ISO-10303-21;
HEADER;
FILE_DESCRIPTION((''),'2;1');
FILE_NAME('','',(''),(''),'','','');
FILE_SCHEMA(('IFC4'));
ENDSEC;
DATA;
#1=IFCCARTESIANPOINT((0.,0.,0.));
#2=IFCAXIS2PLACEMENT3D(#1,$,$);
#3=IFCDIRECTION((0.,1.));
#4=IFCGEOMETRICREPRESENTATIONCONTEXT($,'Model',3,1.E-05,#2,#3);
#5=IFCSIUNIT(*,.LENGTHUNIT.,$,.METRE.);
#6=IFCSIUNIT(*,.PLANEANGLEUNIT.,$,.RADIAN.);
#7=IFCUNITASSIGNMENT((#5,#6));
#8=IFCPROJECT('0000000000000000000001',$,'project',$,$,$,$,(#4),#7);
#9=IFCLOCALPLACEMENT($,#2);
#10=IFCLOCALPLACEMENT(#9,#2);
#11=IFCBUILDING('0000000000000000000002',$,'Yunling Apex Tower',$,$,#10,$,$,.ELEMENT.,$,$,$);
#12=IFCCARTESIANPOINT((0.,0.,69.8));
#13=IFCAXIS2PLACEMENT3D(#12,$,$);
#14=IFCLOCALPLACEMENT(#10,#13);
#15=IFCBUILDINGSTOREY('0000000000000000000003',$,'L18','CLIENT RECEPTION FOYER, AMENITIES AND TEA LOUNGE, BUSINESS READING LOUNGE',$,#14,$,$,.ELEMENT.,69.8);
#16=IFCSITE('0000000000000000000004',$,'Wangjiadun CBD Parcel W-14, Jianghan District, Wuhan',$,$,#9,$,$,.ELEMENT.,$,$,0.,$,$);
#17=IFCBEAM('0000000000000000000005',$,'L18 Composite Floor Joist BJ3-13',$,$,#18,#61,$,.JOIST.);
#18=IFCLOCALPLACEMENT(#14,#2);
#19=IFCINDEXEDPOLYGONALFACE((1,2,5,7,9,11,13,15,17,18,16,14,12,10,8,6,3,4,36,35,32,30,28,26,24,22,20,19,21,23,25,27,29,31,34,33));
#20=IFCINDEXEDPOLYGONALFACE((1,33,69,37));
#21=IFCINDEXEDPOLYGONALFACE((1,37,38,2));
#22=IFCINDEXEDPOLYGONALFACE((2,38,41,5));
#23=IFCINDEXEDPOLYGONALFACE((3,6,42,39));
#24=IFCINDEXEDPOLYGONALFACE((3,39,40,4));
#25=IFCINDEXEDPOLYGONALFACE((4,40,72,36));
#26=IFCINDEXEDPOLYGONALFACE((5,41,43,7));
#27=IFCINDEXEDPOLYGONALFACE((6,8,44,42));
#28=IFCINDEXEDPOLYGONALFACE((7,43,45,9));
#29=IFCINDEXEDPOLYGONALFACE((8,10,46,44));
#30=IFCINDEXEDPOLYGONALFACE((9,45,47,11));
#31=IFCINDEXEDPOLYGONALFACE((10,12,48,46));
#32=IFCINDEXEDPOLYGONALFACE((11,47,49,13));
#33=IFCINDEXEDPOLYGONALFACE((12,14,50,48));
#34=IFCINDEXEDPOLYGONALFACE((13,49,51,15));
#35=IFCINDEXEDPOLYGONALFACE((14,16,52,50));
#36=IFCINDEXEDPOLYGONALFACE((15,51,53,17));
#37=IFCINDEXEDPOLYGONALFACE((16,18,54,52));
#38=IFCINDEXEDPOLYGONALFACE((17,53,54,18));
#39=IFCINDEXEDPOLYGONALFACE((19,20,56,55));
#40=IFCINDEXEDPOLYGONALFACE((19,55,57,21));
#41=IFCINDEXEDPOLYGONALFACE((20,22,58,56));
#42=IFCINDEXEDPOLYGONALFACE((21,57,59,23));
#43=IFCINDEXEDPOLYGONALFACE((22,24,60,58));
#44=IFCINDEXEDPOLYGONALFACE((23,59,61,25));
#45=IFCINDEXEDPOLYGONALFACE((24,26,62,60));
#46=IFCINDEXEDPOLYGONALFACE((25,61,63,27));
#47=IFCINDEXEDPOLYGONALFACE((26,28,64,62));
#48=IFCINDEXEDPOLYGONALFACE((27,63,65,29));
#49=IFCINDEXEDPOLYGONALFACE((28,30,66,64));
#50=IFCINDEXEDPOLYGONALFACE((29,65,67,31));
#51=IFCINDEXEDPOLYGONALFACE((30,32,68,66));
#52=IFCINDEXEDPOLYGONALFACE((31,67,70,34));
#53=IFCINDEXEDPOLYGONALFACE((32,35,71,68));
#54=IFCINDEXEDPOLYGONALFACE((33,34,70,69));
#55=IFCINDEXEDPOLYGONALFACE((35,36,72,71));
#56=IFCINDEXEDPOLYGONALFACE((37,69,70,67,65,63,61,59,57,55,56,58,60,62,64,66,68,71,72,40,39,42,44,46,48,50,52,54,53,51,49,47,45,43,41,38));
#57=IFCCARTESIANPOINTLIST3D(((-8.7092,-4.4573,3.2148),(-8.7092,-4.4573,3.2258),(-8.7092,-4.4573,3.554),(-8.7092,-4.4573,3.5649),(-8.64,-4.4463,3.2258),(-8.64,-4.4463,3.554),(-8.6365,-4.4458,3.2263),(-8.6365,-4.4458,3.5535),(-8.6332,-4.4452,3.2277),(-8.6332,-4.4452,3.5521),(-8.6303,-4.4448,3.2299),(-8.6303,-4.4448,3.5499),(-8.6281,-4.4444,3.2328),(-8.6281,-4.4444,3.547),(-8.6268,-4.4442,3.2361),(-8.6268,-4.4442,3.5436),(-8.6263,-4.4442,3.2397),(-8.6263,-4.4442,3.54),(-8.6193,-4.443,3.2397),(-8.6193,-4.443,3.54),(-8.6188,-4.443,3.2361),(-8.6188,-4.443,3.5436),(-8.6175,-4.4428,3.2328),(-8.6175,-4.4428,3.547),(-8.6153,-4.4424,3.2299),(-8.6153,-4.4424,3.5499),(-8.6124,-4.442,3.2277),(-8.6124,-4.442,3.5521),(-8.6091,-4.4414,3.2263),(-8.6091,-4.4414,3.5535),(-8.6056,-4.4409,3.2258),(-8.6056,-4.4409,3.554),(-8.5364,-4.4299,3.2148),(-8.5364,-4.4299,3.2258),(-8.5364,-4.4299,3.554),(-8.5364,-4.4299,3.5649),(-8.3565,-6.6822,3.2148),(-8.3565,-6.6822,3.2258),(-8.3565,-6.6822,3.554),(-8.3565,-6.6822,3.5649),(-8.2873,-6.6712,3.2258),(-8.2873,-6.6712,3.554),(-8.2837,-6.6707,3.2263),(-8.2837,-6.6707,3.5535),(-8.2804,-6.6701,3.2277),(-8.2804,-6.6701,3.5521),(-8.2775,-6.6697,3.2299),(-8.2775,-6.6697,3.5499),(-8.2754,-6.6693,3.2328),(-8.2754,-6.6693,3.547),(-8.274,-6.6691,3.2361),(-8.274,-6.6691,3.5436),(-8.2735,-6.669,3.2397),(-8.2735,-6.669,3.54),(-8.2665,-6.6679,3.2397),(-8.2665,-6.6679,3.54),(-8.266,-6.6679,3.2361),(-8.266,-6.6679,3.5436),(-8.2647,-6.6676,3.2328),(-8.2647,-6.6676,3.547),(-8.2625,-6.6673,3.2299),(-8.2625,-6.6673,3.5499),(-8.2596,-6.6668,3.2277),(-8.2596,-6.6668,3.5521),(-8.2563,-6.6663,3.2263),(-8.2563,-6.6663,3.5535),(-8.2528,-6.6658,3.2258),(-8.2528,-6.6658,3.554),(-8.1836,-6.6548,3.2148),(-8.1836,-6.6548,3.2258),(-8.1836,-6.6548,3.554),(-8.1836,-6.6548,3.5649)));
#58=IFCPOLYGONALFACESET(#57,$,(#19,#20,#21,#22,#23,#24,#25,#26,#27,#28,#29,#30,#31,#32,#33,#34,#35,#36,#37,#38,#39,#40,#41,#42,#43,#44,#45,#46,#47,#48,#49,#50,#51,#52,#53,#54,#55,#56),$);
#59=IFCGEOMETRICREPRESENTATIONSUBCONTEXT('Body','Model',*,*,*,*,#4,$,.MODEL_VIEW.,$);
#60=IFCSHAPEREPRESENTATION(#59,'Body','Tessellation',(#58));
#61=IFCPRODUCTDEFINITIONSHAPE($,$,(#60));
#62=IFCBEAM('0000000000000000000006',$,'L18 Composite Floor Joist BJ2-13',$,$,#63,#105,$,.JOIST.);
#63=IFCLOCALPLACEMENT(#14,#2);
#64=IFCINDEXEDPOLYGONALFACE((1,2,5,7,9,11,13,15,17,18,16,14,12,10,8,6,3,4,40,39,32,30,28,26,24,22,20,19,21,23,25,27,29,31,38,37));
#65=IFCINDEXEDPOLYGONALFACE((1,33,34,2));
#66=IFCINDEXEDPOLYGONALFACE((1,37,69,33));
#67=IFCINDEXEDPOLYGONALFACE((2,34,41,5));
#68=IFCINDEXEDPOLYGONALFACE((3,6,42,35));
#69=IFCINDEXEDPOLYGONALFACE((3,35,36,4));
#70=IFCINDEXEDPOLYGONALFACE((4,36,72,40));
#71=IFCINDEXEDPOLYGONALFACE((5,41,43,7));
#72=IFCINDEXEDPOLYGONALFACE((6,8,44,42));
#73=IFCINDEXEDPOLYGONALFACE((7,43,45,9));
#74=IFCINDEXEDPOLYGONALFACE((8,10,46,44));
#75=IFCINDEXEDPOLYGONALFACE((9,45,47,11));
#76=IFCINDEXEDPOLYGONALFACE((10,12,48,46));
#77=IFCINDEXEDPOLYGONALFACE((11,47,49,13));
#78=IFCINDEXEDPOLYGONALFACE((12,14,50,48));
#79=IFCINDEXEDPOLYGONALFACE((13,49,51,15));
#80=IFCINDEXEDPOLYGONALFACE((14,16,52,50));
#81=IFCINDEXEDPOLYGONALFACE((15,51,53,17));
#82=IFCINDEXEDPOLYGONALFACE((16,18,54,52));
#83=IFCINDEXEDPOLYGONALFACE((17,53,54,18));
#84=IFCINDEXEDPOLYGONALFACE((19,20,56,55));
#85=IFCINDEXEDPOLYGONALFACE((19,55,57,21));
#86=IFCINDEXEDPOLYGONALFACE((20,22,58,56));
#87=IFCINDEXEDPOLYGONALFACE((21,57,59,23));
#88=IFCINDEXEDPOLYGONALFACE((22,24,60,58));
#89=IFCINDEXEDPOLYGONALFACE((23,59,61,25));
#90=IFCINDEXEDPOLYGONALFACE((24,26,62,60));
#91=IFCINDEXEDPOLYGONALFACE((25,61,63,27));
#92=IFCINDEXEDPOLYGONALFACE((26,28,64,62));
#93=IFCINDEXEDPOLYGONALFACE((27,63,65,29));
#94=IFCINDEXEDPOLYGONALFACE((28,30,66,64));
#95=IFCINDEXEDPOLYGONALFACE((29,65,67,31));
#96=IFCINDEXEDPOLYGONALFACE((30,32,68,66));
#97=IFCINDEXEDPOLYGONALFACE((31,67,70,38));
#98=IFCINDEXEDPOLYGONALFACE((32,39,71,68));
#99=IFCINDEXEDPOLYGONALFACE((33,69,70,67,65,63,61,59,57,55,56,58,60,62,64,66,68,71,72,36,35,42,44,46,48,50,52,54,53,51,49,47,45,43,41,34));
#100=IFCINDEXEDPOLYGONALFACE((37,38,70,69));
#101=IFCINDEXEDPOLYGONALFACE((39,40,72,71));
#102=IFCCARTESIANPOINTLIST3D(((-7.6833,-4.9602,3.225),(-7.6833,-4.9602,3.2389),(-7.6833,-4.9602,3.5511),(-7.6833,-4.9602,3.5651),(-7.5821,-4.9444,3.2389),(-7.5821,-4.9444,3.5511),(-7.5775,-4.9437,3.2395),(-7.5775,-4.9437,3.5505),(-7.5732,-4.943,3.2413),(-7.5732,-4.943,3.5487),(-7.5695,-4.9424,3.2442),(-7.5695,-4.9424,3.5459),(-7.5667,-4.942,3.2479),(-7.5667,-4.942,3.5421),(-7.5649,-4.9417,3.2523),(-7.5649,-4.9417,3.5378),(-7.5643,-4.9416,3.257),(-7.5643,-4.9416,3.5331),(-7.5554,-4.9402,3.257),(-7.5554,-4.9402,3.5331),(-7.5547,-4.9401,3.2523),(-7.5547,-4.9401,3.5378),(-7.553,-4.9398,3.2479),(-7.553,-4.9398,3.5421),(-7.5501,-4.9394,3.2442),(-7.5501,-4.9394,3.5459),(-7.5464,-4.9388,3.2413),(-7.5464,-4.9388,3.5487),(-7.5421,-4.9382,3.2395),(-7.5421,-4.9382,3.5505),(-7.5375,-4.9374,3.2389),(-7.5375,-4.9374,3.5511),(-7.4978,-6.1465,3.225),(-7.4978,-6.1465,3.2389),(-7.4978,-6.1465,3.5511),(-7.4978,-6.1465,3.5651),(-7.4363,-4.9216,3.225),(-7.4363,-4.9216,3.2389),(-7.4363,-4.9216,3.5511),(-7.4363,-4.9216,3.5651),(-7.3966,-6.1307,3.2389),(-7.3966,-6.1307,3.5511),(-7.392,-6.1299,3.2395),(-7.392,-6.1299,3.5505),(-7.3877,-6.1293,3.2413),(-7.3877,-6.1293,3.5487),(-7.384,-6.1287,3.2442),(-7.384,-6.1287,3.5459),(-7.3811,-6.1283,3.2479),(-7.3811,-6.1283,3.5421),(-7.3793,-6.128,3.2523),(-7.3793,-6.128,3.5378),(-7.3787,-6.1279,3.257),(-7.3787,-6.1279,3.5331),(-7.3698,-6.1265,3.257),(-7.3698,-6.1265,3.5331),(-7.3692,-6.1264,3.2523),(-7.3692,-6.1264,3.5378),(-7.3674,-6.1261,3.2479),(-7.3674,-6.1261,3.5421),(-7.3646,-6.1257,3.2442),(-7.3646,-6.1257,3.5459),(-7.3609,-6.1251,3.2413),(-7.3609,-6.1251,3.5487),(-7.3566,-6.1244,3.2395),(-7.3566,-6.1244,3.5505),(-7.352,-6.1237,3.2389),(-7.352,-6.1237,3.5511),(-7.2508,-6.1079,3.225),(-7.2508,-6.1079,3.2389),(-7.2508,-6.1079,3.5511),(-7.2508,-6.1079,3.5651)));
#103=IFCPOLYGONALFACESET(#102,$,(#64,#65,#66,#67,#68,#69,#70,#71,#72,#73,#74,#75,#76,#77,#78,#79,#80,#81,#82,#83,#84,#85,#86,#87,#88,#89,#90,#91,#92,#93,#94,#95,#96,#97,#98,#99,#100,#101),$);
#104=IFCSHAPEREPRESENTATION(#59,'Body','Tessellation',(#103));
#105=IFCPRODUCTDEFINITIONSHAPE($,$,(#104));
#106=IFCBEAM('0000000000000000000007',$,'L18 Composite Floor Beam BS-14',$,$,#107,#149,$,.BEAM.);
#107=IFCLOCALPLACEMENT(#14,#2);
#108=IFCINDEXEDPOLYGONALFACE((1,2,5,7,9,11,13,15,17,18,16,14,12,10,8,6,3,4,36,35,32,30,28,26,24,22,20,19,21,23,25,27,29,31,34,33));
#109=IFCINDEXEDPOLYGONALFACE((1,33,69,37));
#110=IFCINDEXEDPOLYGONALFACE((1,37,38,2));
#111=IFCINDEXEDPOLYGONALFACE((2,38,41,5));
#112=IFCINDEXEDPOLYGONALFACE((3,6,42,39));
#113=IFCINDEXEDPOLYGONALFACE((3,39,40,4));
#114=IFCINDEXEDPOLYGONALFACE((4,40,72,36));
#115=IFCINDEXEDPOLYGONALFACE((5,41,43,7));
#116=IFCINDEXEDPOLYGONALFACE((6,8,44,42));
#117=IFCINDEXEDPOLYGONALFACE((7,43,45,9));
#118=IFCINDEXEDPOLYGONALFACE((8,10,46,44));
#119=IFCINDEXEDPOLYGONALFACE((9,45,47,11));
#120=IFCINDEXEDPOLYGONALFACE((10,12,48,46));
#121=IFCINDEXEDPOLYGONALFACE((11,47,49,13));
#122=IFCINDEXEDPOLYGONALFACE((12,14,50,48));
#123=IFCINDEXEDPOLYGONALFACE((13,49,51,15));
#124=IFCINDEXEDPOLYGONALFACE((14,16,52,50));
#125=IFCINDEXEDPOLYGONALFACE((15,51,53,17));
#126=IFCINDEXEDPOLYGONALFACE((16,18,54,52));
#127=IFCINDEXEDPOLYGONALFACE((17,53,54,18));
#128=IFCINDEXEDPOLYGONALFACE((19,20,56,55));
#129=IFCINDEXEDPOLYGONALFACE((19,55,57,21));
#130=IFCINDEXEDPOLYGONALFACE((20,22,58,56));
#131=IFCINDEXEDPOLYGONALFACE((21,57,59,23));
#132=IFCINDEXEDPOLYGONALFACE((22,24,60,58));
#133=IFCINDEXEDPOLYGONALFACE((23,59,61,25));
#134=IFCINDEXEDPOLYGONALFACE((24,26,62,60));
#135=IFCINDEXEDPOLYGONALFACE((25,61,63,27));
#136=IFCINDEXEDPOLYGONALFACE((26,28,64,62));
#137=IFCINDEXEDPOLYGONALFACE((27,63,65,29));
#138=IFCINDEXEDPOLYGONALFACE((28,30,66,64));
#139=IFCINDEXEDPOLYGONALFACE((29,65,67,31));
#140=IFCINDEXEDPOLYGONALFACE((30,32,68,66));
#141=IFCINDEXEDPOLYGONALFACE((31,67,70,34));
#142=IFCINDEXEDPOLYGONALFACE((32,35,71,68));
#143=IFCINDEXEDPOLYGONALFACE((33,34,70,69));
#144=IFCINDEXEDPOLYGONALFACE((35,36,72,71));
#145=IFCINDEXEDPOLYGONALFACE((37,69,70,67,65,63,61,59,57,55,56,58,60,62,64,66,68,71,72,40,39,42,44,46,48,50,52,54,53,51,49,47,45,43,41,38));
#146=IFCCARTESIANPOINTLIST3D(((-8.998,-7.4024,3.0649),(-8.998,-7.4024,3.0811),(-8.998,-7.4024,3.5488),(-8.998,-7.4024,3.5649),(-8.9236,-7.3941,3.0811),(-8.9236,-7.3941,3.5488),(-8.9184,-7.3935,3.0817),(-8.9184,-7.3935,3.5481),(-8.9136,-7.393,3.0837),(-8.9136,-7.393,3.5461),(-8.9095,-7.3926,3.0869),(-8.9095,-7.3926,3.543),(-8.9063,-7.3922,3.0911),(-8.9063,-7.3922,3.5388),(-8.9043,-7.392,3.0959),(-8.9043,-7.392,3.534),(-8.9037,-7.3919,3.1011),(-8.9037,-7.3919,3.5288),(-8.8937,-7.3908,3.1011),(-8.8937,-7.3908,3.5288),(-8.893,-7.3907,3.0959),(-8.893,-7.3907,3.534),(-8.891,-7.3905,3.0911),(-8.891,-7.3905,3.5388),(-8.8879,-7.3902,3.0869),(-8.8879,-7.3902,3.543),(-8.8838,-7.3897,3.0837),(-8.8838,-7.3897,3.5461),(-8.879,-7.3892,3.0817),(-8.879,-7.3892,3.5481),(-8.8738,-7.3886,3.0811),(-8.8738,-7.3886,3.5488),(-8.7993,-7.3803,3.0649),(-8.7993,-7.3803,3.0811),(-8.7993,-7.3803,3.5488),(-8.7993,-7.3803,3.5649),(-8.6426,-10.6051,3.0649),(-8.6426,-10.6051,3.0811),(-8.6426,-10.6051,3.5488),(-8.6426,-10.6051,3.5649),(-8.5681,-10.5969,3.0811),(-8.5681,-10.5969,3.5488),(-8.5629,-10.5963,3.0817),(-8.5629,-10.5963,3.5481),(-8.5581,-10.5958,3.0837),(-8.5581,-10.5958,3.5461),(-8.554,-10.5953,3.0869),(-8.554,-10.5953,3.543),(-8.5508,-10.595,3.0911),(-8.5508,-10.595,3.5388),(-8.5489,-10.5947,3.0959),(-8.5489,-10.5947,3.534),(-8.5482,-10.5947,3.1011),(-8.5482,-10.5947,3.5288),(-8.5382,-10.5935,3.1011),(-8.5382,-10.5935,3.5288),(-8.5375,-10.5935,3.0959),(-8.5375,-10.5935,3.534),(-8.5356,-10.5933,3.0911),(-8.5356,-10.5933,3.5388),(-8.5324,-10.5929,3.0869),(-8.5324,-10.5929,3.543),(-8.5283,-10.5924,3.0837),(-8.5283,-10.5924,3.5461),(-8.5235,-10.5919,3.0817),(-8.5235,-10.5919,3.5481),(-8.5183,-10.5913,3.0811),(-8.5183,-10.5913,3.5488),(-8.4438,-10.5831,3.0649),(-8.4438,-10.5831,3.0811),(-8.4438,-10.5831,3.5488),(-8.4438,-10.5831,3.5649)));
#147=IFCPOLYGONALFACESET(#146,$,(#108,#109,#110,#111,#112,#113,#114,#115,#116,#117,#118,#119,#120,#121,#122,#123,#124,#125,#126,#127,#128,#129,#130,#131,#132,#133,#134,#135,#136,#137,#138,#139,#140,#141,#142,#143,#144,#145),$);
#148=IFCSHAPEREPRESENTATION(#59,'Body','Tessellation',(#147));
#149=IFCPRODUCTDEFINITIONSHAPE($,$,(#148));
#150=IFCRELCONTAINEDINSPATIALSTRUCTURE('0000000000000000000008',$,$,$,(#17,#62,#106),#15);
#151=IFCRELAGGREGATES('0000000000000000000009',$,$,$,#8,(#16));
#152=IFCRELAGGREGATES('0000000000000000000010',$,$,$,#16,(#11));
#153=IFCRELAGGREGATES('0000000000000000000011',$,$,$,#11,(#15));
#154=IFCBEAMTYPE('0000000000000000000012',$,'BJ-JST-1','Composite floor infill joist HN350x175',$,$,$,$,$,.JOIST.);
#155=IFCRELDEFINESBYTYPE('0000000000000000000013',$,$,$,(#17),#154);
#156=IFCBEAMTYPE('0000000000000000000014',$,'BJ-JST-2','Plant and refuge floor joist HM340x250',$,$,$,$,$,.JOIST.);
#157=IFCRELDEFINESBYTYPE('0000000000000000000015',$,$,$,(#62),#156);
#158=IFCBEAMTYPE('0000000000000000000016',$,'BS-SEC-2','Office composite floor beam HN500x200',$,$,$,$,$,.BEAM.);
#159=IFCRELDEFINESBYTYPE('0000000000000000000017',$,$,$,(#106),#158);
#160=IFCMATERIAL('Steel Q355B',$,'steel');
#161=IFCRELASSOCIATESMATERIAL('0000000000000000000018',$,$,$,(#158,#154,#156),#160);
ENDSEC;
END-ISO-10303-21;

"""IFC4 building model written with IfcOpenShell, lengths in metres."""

from ifc_helpers import new_model, si_unit, direction, frame, origin, origin_2d, place, context, subcontext, project, spatial, i_section, extrude, source, transform, mapped, material, material_profile, profile_set, type_object, element, save


model = new_model("IFC4")

# Units and contexts
model_context = context("Model", 3, precision=1e-05, world=origin(), true_north=direction((0.0, 1.0)))
body_context = subcontext(model_context, "Body", "Model", "MODEL_VIEW")
ifc_project = project(units=[si_unit("LENGTHUNIT", "METRE"), si_unit("PLANEANGLEUNIT", "RADIAN")], contexts=[model_context])

# Site, building, storey
site_placement = place(None, origin())
site = spatial("IfcSite", under=ifc_project, at=site_placement, Name="Wangjiadun CBD Parcel W-14, Jianghan District, Wuhan", CompositionType="ELEMENT", RefElevation=0.0)
building_placement = place(site_placement, origin())
building = spatial("IfcBuilding", under=site, at=building_placement, Name="Yunling Apex Tower", CompositionType="ELEMENT")
storey_placement = place(building_placement, frame((0.0, 0.0, 69.8)))
storey = spatial("IfcBuildingStorey", under=building, at=storey_placement, Name="L18", Description="CLIENT RECEPTION FOYER, AMENITIES AND TEA LOUNGE, BUSINESS READING LOUNGE", CompositionType="ELEMENT", Elevation=69.8)

# Beams
ifc_material_1 = material(Name="Steel Q355B", Category="steel")
ifc_material_profile_1 = material_profile(ifc_material_1, i_section(OverallWidth=0.2, OverallDepth=0.5, WebThickness=0.01, FlangeThickness=0.0161, FilletRadius=0.02, at=origin_2d()))
ifc_profile_set_1 = profile_set([ifc_material_profile_1], Name="Steel Q355B")
beam_type_1 = type_object("IfcBeamType", Name="BS-SEC-2", Description="Office composite floor beam HN500x200", PredefinedType="BEAM", material=ifc_profile_set_1)
ifc_material_profile_2 = material_profile(ifc_material_1, i_section(OverallWidth=0.175, OverallDepth=0.3501, WebThickness=0.0071, FlangeThickness=0.011, FilletRadius=0.0139, at=origin_2d()))
ifc_profile_set_2 = profile_set([ifc_material_profile_2], Name="Steel Q355B")
beam_type_2 = type_object("IfcBeamType", Name="BJ-JST-1", Description="Composite floor infill joist HN350x175", PredefinedType="JOIST", material=ifc_profile_set_2)
shared_shape_1 = source(origin(), body_context, "Body", "SweptSolid", [
    extrude(i_section(OverallWidth=0.175, OverallDepth=0.3501, WebThickness=0.0071, FlangeThickness=0.011, FilletRadius=0.0139, at=origin_2d()), origin(), (0.0, 0.0, 1.0), 2.2527),
])
beam_1_placement = place(storey_placement, frame((-8.6228, -4.4436, 3.3899), z_axis=(0.156608, -0.987661, 0.0), x_axis=(0.987661, 0.156608, 0.0)))
element("IfcBeam", 1, at=beam_1_placement, inside=storey, type_object=beam_type_2, Name="L18 Composite Floor Joist BJ3-13", PredefinedType="JOIST", context=body_context, shape_type="MappedRepresentation", body=[
    mapped(shared_shape_1, transform((0.0, 0.0, 0.0), scale=1.0)),
])
ifc_material_profile_3 = material_profile(ifc_material_1, i_section(OverallWidth=0.25, OverallDepth=0.3401, WebThickness=0.009, FlangeThickness=0.0139, FilletRadius=0.0181, at=origin_2d()))
ifc_profile_set_3 = profile_set([ifc_material_profile_3], Name="Steel Q355B")
beam_type_3 = type_object("IfcBeamType", Name="BJ-JST-2", Description="Plant and refuge floor joist HM340x250", PredefinedType="JOIST", material=ifc_profile_set_3)
shared_shape_2 = source(origin(), body_context, "Body", "SweptSolid", [
    extrude(i_section(OverallWidth=0.25, OverallDepth=0.3401, WebThickness=0.009, FlangeThickness=0.0139, FilletRadius=0.0181, at=origin_2d()), origin(), (0.0, 0.0, 1.0), 1.2007),
])
beam_2_placement = place(storey_placement, frame((-7.5598, -4.9409, 3.395), z_axis=(0.154532, -0.987988, 0.0), x_axis=(0.987988, 0.154532, 0.0)))
element("IfcBeam", 2, at=beam_2_placement, inside=storey, type_object=beam_type_3, Name="L18 Composite Floor Joist BJ2-13", PredefinedType="JOIST", context=body_context, shape_type="MappedRepresentation", body=[
    mapped(shared_shape_2, transform((0.0, 0.0, 0.0), scale=1.0)),
])
shared_shape_3 = source(origin(), body_context, "Body", "SweptSolid", [
    extrude(i_section(OverallWidth=0.2, OverallDepth=0.5, WebThickness=0.01, FlangeThickness=0.0161, FilletRadius=0.02, at=origin_2d()), origin(), (0.0, 0.0, 1.0), 3.2224),
])
beam_3_placement = place(storey_placement, frame((-8.8987, -7.3914, 3.3149), z_axis=(0.110315, -0.993897, 0.0), x_axis=(0.993897, 0.110315, 0.0)))
element("IfcBeam", 3, at=beam_3_placement, inside=storey, type_object=beam_type_1, Name="L18 Composite Floor Beam BS-14", PredefinedType="BEAM", context=body_context, shape_type="MappedRepresentation", body=[
    mapped(shared_shape_3, transform((0.0, 0.0, 0.0), scale=1.0)),
])

save(model, "model.ifc")
